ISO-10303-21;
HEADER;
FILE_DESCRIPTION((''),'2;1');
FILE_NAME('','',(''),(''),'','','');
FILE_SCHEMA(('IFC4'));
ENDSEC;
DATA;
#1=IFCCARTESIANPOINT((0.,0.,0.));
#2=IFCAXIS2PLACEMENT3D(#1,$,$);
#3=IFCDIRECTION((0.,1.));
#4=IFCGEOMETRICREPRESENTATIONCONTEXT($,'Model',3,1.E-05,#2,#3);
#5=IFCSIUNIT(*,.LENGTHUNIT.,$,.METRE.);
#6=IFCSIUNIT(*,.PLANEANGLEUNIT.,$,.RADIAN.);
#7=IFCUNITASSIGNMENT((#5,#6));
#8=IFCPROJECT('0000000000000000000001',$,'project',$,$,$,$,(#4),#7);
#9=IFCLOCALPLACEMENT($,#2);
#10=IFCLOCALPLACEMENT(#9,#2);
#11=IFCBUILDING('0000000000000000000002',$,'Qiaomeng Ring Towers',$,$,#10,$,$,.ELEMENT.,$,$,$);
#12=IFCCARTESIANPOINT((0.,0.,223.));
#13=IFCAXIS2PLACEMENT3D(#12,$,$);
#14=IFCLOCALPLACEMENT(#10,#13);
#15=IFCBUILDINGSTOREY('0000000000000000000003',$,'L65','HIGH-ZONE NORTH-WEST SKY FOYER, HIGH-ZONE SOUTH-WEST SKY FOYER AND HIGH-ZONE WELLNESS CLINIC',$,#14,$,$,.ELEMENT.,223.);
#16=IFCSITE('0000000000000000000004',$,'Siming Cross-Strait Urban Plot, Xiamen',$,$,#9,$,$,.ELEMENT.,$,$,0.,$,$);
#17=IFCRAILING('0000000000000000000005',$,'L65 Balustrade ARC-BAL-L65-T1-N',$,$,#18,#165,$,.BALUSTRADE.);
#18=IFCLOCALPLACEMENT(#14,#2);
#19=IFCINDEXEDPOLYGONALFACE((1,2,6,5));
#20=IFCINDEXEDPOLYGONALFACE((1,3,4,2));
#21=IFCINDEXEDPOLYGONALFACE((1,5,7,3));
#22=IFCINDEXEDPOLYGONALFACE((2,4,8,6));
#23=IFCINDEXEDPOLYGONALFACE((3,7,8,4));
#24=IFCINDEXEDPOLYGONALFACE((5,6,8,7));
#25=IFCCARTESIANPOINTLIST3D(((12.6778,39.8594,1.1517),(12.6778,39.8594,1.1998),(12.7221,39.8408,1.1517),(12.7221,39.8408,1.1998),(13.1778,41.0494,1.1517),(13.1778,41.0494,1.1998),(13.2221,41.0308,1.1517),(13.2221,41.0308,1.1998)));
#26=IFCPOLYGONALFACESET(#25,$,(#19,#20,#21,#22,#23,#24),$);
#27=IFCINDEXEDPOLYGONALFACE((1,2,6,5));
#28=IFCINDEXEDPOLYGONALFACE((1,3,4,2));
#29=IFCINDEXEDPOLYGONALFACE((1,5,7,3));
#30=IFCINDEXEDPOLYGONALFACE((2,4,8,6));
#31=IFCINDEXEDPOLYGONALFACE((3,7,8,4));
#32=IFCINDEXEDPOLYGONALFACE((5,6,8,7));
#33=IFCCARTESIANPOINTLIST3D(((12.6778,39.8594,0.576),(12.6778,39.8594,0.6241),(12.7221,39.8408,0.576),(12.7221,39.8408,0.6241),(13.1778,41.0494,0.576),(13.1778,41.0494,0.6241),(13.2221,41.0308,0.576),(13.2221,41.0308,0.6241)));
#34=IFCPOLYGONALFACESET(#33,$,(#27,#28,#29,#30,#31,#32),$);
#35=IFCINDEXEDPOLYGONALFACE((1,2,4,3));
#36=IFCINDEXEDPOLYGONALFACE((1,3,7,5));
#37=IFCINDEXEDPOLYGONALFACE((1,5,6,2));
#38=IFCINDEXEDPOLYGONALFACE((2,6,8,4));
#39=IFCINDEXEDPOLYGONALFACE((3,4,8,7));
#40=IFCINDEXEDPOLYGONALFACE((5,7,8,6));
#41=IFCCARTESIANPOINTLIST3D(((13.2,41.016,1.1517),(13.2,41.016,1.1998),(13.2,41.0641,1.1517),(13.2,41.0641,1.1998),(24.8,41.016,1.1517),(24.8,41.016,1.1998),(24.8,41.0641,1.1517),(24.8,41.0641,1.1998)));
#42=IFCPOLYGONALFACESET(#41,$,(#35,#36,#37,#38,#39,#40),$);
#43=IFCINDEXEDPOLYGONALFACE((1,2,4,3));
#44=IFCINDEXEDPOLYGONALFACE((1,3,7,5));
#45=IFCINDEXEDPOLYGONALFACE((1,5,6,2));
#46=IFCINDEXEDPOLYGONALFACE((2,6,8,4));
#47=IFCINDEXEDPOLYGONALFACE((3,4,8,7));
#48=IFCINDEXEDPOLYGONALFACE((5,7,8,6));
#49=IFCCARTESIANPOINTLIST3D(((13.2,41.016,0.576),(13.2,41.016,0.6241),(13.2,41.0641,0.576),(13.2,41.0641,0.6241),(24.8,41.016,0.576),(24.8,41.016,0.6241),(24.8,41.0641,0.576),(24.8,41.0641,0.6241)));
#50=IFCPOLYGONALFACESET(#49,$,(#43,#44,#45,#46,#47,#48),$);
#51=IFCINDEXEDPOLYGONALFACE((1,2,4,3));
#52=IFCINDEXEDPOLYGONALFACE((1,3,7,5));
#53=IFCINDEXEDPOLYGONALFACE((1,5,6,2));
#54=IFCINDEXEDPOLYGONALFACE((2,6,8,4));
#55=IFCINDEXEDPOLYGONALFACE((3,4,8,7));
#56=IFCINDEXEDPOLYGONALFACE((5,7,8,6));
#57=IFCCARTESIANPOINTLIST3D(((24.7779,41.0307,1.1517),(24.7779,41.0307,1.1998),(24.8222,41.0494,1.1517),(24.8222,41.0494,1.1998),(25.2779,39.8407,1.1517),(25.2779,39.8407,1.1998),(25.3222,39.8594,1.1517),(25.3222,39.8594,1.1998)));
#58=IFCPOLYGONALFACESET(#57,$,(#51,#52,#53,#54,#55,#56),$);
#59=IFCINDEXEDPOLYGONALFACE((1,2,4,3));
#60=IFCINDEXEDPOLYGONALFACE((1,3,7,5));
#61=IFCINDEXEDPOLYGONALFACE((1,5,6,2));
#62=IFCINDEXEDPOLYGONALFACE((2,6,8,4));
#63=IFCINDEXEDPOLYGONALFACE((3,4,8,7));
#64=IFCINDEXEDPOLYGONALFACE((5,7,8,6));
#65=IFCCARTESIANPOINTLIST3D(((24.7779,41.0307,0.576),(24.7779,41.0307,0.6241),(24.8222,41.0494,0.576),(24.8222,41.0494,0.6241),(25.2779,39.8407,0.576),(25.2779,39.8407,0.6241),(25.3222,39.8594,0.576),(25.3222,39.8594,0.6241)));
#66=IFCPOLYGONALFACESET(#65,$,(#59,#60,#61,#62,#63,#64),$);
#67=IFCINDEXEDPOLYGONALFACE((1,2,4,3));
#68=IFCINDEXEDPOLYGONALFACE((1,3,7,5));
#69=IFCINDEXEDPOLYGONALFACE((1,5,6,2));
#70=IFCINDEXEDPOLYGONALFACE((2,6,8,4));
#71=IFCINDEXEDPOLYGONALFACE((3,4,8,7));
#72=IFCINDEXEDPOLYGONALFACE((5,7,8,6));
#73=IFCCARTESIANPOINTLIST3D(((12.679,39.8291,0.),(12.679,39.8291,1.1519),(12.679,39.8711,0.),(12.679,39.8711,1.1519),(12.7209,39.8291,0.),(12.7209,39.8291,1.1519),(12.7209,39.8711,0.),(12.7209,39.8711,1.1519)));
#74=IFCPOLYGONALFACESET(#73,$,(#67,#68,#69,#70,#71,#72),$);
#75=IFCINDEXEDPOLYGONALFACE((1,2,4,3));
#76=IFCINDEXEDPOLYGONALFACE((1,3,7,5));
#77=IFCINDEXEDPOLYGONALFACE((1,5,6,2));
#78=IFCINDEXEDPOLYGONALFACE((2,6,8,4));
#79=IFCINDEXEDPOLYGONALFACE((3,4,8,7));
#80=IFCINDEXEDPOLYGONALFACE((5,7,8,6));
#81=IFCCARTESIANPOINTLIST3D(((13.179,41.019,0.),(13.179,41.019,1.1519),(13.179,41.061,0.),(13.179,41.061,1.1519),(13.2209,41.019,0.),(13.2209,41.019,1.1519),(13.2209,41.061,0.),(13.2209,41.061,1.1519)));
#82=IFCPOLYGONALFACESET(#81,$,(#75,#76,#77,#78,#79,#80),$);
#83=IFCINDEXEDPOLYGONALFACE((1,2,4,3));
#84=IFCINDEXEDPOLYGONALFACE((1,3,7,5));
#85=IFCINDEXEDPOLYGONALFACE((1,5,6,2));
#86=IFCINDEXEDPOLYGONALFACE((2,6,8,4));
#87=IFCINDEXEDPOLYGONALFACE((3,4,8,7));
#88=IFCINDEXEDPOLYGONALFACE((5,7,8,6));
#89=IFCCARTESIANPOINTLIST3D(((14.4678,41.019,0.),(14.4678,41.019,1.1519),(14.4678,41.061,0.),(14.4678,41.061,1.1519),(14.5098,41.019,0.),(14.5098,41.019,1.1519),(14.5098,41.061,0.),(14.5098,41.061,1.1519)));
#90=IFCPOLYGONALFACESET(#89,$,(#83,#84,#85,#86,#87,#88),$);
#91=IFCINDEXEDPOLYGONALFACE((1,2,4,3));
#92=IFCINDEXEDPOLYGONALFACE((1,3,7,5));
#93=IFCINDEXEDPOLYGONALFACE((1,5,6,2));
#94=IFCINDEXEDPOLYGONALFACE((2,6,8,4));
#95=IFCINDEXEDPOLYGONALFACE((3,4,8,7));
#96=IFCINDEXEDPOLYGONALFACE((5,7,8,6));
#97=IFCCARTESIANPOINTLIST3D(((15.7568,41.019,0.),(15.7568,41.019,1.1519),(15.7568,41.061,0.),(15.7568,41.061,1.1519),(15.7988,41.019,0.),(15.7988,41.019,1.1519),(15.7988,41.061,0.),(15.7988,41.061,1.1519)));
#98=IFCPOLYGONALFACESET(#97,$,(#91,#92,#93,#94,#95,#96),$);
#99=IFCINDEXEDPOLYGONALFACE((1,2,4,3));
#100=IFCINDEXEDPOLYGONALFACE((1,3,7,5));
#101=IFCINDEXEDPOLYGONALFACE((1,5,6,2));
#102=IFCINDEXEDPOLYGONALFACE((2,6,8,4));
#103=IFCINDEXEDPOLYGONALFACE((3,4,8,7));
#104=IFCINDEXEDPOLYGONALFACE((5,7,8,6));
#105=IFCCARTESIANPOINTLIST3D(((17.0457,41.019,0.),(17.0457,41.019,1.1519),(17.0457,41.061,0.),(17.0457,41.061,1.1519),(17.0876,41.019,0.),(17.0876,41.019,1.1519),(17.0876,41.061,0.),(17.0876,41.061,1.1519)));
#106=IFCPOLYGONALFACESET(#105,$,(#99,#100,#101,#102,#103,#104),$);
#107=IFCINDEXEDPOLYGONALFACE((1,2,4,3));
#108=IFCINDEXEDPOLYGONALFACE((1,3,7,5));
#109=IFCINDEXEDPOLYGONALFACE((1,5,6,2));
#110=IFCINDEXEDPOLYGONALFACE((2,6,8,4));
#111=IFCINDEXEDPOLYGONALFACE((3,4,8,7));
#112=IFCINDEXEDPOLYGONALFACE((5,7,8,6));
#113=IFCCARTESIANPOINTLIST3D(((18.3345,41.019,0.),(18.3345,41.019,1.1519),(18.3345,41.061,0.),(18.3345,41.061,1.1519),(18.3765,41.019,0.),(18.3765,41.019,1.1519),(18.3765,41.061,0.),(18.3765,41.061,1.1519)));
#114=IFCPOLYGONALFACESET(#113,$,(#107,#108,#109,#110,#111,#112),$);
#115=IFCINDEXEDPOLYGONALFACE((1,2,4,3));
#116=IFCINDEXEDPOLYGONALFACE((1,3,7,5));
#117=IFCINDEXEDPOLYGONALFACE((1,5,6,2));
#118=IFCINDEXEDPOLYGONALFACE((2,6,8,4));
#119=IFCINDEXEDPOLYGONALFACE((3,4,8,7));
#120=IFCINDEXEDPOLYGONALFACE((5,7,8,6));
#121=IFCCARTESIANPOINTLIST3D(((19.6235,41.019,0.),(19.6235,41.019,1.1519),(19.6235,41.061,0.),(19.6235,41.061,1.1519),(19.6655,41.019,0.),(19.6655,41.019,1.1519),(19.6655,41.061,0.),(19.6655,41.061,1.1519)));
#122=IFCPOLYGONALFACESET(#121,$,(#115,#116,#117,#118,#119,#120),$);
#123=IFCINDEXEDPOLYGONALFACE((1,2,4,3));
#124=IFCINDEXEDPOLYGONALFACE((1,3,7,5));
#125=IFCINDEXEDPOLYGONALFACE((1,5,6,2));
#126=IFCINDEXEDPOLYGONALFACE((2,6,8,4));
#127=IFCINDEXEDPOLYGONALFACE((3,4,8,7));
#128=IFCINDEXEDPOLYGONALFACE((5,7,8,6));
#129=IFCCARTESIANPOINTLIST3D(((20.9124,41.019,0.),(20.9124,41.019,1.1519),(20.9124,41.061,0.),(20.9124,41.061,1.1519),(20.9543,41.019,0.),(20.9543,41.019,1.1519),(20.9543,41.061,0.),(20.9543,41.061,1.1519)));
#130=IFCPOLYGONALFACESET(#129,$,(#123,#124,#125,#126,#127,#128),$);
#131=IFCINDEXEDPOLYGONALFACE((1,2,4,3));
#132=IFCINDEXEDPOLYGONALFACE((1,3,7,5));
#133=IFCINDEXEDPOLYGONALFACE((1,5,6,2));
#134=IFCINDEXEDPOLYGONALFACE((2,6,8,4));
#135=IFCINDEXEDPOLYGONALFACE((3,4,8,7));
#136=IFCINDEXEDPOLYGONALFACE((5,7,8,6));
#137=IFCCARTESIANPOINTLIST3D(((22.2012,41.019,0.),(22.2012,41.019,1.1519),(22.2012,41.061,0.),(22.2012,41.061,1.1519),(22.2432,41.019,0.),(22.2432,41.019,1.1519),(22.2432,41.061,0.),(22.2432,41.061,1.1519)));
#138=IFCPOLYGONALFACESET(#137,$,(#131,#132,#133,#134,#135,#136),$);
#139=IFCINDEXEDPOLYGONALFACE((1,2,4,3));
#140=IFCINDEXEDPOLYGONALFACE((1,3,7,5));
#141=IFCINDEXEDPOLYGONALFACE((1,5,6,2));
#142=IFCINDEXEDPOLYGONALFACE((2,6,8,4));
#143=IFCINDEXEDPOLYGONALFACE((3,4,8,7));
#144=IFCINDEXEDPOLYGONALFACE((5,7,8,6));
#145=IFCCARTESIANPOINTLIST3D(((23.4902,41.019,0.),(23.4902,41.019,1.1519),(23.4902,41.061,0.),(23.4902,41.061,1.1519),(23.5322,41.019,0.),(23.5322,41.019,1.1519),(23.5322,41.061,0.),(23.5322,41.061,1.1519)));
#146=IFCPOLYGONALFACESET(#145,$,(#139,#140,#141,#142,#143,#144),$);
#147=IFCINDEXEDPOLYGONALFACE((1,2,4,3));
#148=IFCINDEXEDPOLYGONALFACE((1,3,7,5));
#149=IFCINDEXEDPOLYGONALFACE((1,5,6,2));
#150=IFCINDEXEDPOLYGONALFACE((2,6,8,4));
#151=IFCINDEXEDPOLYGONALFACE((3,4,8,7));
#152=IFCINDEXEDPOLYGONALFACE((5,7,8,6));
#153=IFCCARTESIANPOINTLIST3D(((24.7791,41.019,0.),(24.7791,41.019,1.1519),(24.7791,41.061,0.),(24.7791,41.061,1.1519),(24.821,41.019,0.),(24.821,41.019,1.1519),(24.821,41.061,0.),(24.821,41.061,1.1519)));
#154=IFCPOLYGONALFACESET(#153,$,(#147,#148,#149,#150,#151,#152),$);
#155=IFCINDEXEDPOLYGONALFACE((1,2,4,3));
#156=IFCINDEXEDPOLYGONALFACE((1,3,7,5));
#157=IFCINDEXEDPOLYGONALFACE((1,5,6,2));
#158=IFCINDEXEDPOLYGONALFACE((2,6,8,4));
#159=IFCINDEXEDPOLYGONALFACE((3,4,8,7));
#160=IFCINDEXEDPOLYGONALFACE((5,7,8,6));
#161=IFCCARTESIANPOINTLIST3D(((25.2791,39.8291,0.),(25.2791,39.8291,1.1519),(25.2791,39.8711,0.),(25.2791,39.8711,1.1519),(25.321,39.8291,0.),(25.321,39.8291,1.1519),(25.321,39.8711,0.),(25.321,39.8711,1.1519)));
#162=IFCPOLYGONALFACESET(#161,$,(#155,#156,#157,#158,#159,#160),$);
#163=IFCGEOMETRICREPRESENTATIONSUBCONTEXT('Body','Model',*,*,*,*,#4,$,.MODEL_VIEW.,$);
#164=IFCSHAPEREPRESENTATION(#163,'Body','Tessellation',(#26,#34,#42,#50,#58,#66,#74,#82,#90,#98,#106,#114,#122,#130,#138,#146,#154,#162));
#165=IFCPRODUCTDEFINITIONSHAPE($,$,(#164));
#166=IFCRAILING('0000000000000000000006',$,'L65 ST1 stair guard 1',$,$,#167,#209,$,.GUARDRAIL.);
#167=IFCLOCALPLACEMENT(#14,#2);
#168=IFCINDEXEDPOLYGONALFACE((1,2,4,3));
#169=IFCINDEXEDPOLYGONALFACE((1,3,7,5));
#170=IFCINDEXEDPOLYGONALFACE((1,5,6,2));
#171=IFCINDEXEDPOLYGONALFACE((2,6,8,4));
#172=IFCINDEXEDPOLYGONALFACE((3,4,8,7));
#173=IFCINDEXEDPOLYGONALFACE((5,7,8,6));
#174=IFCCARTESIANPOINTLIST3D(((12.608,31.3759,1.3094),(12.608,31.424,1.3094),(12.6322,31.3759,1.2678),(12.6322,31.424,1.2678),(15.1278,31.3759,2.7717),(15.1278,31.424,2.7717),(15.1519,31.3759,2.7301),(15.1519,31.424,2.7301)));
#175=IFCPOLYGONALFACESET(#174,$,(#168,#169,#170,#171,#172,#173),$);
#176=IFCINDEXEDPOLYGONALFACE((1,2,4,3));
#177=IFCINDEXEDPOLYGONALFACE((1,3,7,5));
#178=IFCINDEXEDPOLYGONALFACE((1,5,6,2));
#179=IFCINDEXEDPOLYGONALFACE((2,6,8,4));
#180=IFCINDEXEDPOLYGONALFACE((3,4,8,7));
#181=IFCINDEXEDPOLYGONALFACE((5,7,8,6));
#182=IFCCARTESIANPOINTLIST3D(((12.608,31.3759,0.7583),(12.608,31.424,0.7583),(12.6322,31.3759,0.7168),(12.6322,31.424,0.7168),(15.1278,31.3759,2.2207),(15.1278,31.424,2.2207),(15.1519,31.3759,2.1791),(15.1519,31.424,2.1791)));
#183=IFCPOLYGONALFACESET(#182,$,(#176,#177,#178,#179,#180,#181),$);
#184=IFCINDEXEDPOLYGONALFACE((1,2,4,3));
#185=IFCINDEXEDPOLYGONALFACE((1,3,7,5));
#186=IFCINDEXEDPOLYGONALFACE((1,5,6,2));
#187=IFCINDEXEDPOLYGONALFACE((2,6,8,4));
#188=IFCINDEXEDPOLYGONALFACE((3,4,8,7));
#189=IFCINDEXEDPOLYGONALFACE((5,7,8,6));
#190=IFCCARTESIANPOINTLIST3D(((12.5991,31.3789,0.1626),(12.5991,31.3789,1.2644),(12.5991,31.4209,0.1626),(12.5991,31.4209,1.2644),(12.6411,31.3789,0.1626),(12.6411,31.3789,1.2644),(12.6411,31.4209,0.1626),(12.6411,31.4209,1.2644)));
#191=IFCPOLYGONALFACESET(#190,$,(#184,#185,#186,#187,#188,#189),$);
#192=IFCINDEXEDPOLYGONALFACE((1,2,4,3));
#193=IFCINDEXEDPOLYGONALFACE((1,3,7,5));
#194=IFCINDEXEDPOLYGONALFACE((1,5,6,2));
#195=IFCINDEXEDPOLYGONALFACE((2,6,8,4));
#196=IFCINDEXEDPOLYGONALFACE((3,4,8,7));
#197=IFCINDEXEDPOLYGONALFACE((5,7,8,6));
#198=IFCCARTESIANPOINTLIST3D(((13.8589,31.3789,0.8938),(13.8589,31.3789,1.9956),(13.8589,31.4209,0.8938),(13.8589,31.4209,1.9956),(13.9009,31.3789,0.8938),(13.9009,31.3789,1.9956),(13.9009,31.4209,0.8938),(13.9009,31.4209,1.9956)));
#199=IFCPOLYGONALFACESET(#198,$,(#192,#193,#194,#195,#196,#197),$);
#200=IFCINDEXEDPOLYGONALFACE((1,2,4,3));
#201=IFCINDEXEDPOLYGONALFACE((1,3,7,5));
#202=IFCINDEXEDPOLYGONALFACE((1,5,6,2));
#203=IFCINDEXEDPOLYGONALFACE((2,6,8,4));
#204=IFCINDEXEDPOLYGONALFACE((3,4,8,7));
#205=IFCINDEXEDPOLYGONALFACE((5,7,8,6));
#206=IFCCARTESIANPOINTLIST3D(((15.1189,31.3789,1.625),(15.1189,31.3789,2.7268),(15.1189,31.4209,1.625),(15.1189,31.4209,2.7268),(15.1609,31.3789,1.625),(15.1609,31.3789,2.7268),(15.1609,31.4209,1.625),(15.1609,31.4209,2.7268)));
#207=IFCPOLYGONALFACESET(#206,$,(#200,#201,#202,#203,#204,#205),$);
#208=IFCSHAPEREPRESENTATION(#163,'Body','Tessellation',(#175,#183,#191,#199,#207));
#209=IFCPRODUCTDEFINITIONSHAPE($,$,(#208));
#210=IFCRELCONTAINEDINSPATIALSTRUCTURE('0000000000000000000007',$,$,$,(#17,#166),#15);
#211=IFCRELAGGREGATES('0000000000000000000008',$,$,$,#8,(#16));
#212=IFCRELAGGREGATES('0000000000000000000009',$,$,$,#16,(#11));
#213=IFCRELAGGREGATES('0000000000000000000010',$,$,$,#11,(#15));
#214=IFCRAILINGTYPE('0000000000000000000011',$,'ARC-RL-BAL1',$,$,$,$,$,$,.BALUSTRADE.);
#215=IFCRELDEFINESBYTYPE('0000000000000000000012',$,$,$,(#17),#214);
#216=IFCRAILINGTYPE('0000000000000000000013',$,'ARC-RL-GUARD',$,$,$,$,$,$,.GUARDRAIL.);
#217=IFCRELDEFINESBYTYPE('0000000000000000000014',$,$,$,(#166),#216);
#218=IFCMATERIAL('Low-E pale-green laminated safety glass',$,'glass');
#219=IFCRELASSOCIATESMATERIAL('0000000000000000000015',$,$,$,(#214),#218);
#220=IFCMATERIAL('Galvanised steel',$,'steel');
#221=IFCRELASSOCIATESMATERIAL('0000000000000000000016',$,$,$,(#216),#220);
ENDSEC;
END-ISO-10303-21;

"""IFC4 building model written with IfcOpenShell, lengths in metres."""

from ifc_helpers import new_model, si_unit, direction, frame, origin, origin_2d, place, context, subcontext, project, spatial, rectangle, extrude, material, type_object, element, save


model = new_model("IFC4")

# Units and contexts
model_context = context("Model", 3, precision=1e-05, world=origin(), true_north=direction((0.0, 1.0)))
body_context = subcontext(model_context, "Body", "Model", "MODEL_VIEW")
ifc_project = project(units=[si_unit("LENGTHUNIT", "METRE"), si_unit("PLANEANGLEUNIT", "RADIAN")], contexts=[model_context])

# Site, building, storey
site_placement = place(None, origin())
site = spatial("IfcSite", under=ifc_project, at=site_placement, Name="Siming Cross-Strait Urban Plot, Xiamen", CompositionType="ELEMENT", RefElevation=0.0)
building_placement = place(site_placement, origin())
building = spatial("IfcBuilding", under=site, at=building_placement, Name="Qiaomeng Ring Towers", CompositionType="ELEMENT")
storey_placement = place(building_placement, frame((0.0, 0.0, 223.0)))
storey = spatial("IfcBuildingStorey", under=building, at=storey_placement, Name="L65", Description="HIGH-ZONE NORTH-WEST SKY FOYER, HIGH-ZONE SOUTH-WEST SKY FOYER AND HIGH-ZONE WELLNESS CLINIC", CompositionType="ELEMENT", Elevation=223.0)

# Shared definitions
ifc_material_1 = material(Name="Galvanised steel", Category="steel")

# Railings
ifc_material_2 = material(Name="Low-E pale-green laminated safety glass", Category="glass")
railing_type_1 = type_object("IfcRailingType", Name="ARC-RL-BAL1", PredefinedType="BALUSTRADE", material=ifc_material_2)
railing_1_placement = place(storey_placement, frame((12.7, 39.8501, 0.0)))
element("IfcRailing", 1, at=railing_1_placement, inside=storey, type_object=railing_type_1, Name="L65 Balustrade ARC-BAL-L65-T1-N", PredefinedType="BALUSTRADE", context=body_context, shape_type="SweptSolid", body=[
    extrude(rectangle(XDim=0.0481, YDim=0.0481, at=origin_2d()), frame((0.0, 0.0, 1.1758), z_axis=(0.38738, 0.92192, 0.0), x_axis=(-0.92192, 0.38738, 0.0)), (0.0, 0.0, 1.0), 1.2908),
    extrude(rectangle(XDim=0.0481, YDim=0.0481, at=origin_2d()), frame((0.0, 0.0, 0.6001), z_axis=(0.38738, 0.92192, 0.0), x_axis=(-0.92192, 0.38738, 0.0)), (0.0, 0.0, 1.0), 1.2908),
    extrude(rectangle(XDim=0.0481, YDim=0.0481, at=origin_2d()), frame((0.5, 1.1899, 1.1758), z_axis=(1.0, 0.0, 0.0), x_axis=(0.0, 1.0, 0.0)), (0.0, 0.0, 1.0), 11.6001),
    extrude(rectangle(XDim=0.0481, YDim=0.0481, at=origin_2d()), frame((0.5, 1.1899, 0.6001), z_axis=(1.0, 0.0, 0.0), x_axis=(0.0, 1.0, 0.0)), (0.0, 0.0, 1.0), 11.6001),
    extrude(rectangle(XDim=0.0481, YDim=0.0481, at=origin_2d()), frame((12.1001, 1.1899, 1.1758), z_axis=(0.38738, -0.92192, 0.0), x_axis=(0.92192, 0.38738, 0.0)), (0.0, 0.0, 1.0), 1.2908),
    extrude(rectangle(XDim=0.0481, YDim=0.0481, at=origin_2d()), frame((12.1001, 1.1899, 0.6001), z_axis=(0.38738, -0.92192, 0.0), x_axis=(0.92192, 0.38738, 0.0)), (0.0, 0.0, 1.0), 1.2908),
    extrude(rectangle(XDim=0.042, YDim=0.042, at=origin_2d()), origin(), (0.0, 0.0, 1.0), 1.1519),
    extrude(rectangle(XDim=0.042, YDim=0.042, at=origin_2d()), frame((0.5, 1.1899, 0.0)), (0.0, 0.0, 1.0), 1.1519),
    extrude(rectangle(XDim=0.042, YDim=0.042, at=origin_2d()), frame((1.7888, 1.1899, 0.0)), (0.0, 0.0, 1.0), 1.1519),
    extrude(rectangle(XDim=0.042, YDim=0.042, at=origin_2d()), frame((3.0779, 1.1899, 0.0)), (0.0, 0.0, 1.0), 1.1519),
    extrude(rectangle(XDim=0.042, YDim=0.042, at=origin_2d()), frame((4.3667, 1.1899, 0.0)), (0.0, 0.0, 1.0), 1.1519),
    extrude(rectangle(XDim=0.042, YDim=0.042, at=origin_2d()), frame((5.6555, 1.1899, 0.0)), (0.0, 0.0, 1.0), 1.1519),
    extrude(rectangle(XDim=0.042, YDim=0.042, at=origin_2d()), frame((6.9446, 1.1899, 0.0)), (0.0, 0.0, 1.0), 1.1519),
    extrude(rectangle(XDim=0.042, YDim=0.042, at=origin_2d()), frame((8.2334, 1.1899, 0.0)), (0.0, 0.0, 1.0), 1.1519),
    extrude(rectangle(XDim=0.042, YDim=0.042, at=origin_2d()), frame((9.5222, 1.1899, 0.0)), (0.0, 0.0, 1.0), 1.1519),
    extrude(rectangle(XDim=0.042, YDim=0.042, at=origin_2d()), frame((10.8113, 1.1899, 0.0)), (0.0, 0.0, 1.0), 1.1519),
    extrude(rectangle(XDim=0.042, YDim=0.042, at=origin_2d()), frame((12.1001, 1.1899, 0.0)), (0.0, 0.0, 1.0), 1.1519),
    extrude(rectangle(XDim=0.042, YDim=0.042, at=origin_2d()), frame((12.6001, 0.0, 0.0)), (0.0, 0.0, 1.0), 1.1519),
])
railing_type_2 = type_object("IfcRailingType", Name="ARC-RL-GUARD", PredefinedType="GUARDRAIL", material=ifc_material_1)
railing_2_placement = place(storey_placement, frame((12.6201, 31.3999, 0.1626)))
element("IfcRailing", 2, at=railing_2_placement, inside=storey, type_object=railing_type_2, Name="L65 ST1 stair guard 1", PredefinedType="GUARDRAIL", context=body_context, shape_type="SweptSolid", body=[
    extrude(rectangle(XDim=0.0481, YDim=0.0481, at=origin_2d()), frame((0.0, 0.0, 1.126), z_axis=(0.864892, 0.0, 0.501958), x_axis=(0.0, 1.0, 0.0)), (0.0, 0.0, 1.0), 2.9133),
    extrude(rectangle(XDim=0.0481, YDim=0.0481, at=origin_2d()), frame((0.0, 0.0, 0.575), z_axis=(0.864892, 0.0, 0.501958), x_axis=(0.0, 1.0, 0.0)), (0.0, 0.0, 1.0), 2.9133),
    extrude(rectangle(XDim=0.042, YDim=0.042, at=origin_2d()), origin(), (0.0, 0.0, 1.0), 1.1018),
    extrude(rectangle(XDim=0.042, YDim=0.042, at=origin_2d()), frame((1.2598, 0.0, 0.7312)), (0.0, 0.0, 1.0), 1.1018),
    extrude(rectangle(XDim=0.042, YDim=0.042, at=origin_2d()), frame((2.5198, 0.0, 1.4624)), (0.0, 0.0, 1.0), 1.1018),
])

save(model, "model.ifc")
